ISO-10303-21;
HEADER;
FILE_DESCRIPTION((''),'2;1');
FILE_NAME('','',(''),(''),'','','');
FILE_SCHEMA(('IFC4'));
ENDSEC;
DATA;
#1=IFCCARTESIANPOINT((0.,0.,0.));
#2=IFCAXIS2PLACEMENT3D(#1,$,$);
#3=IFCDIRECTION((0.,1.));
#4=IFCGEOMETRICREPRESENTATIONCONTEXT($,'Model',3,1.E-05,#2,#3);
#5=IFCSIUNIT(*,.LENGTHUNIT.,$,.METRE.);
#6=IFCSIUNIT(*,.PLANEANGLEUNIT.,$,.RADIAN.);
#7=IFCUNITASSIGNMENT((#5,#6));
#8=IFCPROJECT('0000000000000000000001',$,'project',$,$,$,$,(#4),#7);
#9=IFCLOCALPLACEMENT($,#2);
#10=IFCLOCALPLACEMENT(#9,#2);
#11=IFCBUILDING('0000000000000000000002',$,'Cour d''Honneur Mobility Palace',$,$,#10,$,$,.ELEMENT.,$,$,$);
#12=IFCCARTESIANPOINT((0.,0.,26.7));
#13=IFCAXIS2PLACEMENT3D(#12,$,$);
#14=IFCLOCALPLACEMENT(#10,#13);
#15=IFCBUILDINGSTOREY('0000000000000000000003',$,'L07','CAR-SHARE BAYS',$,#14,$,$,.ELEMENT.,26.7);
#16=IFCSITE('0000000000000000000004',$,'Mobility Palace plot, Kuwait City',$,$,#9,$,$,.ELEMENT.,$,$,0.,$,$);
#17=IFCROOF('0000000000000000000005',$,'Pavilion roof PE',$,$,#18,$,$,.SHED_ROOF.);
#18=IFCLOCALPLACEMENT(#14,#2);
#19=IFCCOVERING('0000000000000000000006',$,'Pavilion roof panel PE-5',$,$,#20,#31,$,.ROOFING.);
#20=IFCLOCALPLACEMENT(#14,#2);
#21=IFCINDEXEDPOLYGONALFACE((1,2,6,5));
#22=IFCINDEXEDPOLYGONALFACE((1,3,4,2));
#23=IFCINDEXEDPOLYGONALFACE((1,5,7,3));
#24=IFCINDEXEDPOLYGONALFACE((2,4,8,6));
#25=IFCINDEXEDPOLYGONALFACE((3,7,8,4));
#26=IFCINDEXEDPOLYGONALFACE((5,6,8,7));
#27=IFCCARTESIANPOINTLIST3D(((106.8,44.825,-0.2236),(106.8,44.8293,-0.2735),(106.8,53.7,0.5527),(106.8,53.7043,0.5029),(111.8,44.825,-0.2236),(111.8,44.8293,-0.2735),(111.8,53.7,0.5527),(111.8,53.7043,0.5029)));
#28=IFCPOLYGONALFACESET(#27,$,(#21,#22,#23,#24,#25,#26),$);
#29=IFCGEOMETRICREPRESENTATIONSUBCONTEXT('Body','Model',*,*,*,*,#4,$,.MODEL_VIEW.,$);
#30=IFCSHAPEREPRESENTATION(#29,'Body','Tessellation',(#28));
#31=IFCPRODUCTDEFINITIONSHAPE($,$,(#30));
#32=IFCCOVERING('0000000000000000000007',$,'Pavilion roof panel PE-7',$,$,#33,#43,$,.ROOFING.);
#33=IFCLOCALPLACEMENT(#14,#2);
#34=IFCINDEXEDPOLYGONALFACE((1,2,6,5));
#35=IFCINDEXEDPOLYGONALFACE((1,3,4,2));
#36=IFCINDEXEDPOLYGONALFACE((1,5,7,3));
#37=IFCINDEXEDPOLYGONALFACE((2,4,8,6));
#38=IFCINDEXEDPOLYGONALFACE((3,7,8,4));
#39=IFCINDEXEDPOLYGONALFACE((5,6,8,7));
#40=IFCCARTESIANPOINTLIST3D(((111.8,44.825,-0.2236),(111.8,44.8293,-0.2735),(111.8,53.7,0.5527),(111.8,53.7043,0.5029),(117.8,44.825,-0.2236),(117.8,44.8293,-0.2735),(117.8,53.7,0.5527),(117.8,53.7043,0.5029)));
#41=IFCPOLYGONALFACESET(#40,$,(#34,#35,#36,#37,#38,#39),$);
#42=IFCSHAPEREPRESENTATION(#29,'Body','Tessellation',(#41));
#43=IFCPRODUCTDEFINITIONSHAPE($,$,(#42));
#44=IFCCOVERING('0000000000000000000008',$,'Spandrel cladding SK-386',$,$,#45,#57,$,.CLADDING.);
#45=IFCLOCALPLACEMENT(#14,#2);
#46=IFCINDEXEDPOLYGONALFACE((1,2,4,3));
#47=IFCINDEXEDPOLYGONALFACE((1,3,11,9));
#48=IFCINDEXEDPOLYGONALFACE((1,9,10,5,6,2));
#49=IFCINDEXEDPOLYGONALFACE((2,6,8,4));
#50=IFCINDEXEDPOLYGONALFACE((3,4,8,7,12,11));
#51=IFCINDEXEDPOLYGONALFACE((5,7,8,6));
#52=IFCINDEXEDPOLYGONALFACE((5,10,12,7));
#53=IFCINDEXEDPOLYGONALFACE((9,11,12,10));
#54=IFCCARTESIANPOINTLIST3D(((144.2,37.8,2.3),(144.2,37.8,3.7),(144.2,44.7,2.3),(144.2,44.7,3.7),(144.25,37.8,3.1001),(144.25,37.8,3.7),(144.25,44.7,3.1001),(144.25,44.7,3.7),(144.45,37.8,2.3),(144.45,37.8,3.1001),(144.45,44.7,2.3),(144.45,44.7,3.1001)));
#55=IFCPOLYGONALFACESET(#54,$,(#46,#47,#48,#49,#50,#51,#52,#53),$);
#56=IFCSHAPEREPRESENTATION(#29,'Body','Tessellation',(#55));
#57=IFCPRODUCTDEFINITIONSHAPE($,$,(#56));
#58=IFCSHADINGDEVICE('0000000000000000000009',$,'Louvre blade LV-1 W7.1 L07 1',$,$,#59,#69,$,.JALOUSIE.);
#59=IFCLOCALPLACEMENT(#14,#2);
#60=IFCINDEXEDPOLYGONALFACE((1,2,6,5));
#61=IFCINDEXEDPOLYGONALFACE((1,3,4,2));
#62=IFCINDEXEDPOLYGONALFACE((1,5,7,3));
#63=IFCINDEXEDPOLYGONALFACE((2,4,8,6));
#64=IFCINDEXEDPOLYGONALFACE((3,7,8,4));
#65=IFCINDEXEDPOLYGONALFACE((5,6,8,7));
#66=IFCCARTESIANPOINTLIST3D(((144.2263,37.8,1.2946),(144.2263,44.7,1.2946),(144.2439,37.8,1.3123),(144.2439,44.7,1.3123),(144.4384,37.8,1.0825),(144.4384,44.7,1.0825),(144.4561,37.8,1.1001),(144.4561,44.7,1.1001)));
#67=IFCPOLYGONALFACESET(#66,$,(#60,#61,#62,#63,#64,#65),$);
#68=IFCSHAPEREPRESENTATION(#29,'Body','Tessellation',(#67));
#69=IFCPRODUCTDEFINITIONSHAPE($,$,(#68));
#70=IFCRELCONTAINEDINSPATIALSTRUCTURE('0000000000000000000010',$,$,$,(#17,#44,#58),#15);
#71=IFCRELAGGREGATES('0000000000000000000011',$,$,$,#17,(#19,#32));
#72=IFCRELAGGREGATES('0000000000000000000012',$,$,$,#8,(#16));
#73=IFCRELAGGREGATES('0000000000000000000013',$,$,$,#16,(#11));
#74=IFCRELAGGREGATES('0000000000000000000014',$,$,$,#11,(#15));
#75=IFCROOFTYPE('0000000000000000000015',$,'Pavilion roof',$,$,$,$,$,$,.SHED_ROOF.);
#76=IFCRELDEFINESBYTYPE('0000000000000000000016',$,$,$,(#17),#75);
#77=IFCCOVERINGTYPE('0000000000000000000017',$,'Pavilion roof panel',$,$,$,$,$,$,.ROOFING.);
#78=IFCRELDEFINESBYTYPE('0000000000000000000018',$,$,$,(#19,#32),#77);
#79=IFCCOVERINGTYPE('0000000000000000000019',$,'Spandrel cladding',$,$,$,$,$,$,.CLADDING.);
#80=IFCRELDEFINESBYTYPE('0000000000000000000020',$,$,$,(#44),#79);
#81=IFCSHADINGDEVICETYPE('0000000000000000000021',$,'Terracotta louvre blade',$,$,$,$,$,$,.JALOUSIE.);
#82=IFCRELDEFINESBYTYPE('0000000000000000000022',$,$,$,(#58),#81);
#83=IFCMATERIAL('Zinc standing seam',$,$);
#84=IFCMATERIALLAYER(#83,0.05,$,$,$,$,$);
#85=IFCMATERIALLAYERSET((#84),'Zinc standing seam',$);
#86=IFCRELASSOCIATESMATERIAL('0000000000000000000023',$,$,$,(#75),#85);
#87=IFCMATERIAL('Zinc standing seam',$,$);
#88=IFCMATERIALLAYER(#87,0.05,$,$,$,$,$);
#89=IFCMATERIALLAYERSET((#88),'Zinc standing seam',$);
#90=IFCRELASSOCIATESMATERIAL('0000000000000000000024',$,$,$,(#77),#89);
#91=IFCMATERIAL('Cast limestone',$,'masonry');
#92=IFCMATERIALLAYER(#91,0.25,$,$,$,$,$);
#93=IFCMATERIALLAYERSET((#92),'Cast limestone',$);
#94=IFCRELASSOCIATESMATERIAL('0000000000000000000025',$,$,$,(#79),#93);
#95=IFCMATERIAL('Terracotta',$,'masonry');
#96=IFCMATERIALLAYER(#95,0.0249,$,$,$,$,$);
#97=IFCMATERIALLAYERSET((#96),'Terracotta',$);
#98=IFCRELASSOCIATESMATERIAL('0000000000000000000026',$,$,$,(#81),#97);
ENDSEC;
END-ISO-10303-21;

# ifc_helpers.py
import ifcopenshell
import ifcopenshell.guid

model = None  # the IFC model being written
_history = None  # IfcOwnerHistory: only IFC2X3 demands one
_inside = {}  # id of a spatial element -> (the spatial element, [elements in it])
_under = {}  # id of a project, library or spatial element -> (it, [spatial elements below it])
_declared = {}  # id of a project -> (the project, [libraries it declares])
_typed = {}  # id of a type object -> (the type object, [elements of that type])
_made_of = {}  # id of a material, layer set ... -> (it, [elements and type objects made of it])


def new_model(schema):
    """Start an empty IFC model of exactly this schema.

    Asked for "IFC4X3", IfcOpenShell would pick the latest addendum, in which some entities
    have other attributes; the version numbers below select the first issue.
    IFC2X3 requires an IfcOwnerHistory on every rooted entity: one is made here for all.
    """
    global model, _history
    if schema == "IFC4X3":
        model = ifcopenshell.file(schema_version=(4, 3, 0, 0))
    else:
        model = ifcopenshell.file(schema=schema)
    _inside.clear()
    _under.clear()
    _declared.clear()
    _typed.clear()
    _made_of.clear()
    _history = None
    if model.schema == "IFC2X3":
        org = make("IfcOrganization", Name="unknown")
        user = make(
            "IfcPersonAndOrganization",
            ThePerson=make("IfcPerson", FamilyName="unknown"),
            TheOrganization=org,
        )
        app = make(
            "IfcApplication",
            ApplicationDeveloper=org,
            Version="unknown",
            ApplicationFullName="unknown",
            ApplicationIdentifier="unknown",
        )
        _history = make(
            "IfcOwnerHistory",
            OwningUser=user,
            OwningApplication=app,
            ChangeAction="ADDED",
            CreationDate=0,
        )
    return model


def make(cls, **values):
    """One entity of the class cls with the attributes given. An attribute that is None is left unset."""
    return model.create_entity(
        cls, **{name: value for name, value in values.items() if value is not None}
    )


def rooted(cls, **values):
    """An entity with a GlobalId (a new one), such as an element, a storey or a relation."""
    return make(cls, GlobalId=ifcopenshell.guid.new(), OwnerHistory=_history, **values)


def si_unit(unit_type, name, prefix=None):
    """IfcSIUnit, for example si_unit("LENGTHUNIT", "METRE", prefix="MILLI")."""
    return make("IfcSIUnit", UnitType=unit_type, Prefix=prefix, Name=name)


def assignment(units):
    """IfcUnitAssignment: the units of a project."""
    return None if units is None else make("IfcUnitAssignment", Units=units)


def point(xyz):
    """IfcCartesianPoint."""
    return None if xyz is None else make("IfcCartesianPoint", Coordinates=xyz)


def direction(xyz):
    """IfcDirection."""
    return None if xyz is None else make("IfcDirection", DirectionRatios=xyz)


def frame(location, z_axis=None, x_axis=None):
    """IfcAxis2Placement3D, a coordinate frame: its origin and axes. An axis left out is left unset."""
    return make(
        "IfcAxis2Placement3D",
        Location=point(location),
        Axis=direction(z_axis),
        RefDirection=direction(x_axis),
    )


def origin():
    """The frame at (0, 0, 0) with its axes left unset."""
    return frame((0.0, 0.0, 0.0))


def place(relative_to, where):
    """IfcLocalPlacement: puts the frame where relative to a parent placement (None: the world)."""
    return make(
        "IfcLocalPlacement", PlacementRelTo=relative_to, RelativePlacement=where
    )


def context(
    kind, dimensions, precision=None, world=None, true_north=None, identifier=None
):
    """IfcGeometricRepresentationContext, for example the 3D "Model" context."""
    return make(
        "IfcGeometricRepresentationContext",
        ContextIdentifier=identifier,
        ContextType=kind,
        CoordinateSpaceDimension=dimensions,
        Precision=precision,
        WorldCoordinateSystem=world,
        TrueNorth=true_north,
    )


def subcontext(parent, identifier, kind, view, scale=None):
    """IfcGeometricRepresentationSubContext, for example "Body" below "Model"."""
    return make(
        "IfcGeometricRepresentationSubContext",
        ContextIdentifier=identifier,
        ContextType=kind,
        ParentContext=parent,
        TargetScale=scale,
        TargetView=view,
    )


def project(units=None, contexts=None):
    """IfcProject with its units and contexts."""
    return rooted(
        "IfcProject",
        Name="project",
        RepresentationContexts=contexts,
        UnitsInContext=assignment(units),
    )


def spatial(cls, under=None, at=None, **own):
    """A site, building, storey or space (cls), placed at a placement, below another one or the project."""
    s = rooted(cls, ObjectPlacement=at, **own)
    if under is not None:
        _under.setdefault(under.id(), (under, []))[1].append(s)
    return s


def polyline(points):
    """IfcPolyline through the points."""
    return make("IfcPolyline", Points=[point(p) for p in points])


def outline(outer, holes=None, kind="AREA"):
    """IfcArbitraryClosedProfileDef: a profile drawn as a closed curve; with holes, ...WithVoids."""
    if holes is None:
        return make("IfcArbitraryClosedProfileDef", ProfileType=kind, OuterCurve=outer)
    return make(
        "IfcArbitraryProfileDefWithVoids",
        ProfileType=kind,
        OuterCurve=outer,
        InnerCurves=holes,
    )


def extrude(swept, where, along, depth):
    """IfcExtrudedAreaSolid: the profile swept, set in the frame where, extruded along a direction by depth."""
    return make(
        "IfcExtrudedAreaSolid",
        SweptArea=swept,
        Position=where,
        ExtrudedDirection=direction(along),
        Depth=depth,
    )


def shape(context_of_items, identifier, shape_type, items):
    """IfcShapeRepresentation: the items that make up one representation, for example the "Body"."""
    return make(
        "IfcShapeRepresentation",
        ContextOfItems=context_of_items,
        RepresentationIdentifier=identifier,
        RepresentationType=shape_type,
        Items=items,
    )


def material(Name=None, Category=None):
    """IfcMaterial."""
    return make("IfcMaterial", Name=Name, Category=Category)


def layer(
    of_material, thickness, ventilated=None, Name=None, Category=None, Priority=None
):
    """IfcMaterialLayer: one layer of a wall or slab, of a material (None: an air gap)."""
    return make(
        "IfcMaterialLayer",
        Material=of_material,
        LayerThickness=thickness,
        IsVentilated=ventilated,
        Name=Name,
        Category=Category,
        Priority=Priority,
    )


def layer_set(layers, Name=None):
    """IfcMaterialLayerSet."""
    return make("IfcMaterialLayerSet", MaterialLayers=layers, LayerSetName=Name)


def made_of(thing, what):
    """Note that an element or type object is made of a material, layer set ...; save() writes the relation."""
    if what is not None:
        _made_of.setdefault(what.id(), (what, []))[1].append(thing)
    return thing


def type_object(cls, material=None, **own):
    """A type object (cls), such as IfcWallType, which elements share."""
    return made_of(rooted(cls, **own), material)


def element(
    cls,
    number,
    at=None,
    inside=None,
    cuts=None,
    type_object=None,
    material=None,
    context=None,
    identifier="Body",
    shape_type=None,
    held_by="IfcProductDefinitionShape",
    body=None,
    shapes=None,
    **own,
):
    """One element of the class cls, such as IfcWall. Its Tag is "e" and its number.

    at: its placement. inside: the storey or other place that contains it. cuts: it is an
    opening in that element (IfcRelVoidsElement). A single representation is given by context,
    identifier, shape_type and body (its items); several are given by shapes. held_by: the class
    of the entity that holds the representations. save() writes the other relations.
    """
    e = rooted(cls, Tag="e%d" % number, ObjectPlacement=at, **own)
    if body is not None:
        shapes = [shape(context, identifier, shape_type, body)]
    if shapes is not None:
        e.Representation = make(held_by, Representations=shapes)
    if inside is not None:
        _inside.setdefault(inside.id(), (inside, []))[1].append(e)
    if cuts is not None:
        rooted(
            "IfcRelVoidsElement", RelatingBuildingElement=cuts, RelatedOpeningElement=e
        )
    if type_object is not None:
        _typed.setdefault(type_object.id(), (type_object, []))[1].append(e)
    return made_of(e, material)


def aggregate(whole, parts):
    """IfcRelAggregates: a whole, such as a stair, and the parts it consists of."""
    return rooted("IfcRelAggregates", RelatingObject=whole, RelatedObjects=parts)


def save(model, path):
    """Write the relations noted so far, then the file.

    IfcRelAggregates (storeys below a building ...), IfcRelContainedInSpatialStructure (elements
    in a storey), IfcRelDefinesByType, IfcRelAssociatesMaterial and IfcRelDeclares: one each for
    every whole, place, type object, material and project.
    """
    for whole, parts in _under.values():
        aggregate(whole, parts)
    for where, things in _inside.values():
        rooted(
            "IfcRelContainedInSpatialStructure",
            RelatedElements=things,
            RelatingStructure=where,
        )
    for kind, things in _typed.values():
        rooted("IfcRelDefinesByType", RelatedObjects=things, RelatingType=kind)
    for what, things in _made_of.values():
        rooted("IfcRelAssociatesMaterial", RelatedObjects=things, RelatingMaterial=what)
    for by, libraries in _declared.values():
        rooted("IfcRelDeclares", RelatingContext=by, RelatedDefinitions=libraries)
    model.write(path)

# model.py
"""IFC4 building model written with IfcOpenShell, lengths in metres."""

from ifc_helpers import new_model, si_unit, direction, frame, origin, place, context, subcontext, project, spatial, polyline, outline, extrude, material, layer, layer_set, type_object, element, aggregate, save


model = new_model("IFC4")

# Units and contexts
model_context = context("Model", 3, precision=1e-05, world=origin(), true_north=direction((0.0, 1.0)))
body_context = subcontext(model_context, "Body", "Model", "MODEL_VIEW")
ifc_project = project(units=[si_unit("LENGTHUNIT", "METRE"), si_unit("PLANEANGLEUNIT", "RADIAN")], contexts=[model_context])

# Site, building, storey
site_placement = place(None, origin())
site = spatial("IfcSite", under=ifc_project, at=site_placement, Name="Mobility Palace plot, Kuwait City", CompositionType="ELEMENT", RefElevation=0.0)
building_placement = place(site_placement, origin())
building = spatial("IfcBuilding", under=site, at=building_placement, Name="Cour d'Honneur Mobility Palace", CompositionType="ELEMENT")
storey_placement = place(building_placement, frame((0.0, 0.0, 26.7)))
storey = spatial("IfcBuildingStorey", under=building, at=storey_placement, Name="L07", Description="CAR-SHARE BAYS", CompositionType="ELEMENT", Elevation=26.7)

# Roof, coverings
ifc_material_1 = material(Name="Zinc standing seam")
ifc_layer_1 = layer(ifc_material_1, 0.05)
ifc_layer_set_1 = layer_set([ifc_layer_1], Name="Zinc standing seam")
roof_type = type_object("IfcRoofType", Name="Pavilion roof", PredefinedType="SHED_ROOF", material=ifc_layer_set_1)
ifc_material_2 = material(Name="Zinc standing seam")
ifc_layer_2 = layer(ifc_material_2, 0.05)
ifc_layer_set_2 = layer_set([ifc_layer_2], Name="Zinc standing seam")
covering_type_1 = type_object("IfcCoveringType", Name="Pavilion roof panel", PredefinedType="ROOFING", material=ifc_layer_set_2)
roof_1_placement = place(storey_placement, origin())
roof_1 = element("IfcRoof", 1, at=roof_1_placement, inside=storey, type_object=roof_type, Name="Pavilion roof PE", PredefinedType="SHED_ROOF")
covering_1_placement = place(storey_placement, frame((106.8, 44.825, -0.2236), z_axis=(0.0, -0.087145, 0.996196), x_axis=(1.0, 0.0, 0.0)))
covering_1 = element("IfcCovering", 2, at=covering_1_placement, type_object=covering_type_1, Name="Pavilion roof panel PE-5", PredefinedType="ROOFING", context=body_context, shape_type="SweptSolid", body=[
    extrude(outline(polyline([(0.0, 0.0), (5.0, 0.0), (5.0, 8.9089), (0.0, 8.9089), (0.0, 0.0)])), origin(), (0.0, 0.0, -1.0), 0.05),
])
covering_2_placement = place(storey_placement, frame((111.8, 44.825, -0.2236), z_axis=(0.0, -0.087145, 0.996196), x_axis=(1.0, 0.0, 0.0)))
covering_2 = element("IfcCovering", 3, at=covering_2_placement, type_object=covering_type_1, Name="Pavilion roof panel PE-7", PredefinedType="ROOFING", context=body_context, shape_type="SweptSolid", body=[
    extrude(outline(polyline([(0.0, 0.0), (6.0, 0.0), (6.0, 8.9089), (0.0, 8.9089), (0.0, 0.0)])), origin(), (0.0, 0.0, -1.0), 0.05),
])
aggregate(roof_1, [covering_1, covering_2])

# Covering
ifc_material_3 = material(Name="Cast limestone", Category="masonry")
ifc_layer_3 = layer(ifc_material_3, 0.25)
ifc_layer_set_3 = layer_set([ifc_layer_3], Name="Cast limestone")
covering_type_2 = type_object("IfcCoveringType", Name="Spandrel cladding", PredefinedType="CLADDING", material=ifc_layer_set_3)
covering_3_placement = place(storey_placement, frame((144.45, 44.7, 2.3), z_axis=(0.0, 1.0, 0.0), x_axis=(-1.0, 0.0, 0.0)))
element("IfcCovering", 4, at=covering_3_placement, inside=storey, type_object=covering_type_2, Name="Spandrel cladding SK-386", PredefinedType="CLADDING", context=body_context, shape_type="SweptSolid", body=[
    extrude(outline(polyline([(0.0, 0.0), (0.25, 0.0), (0.25, 1.3999), (0.2, 1.3999), (0.2, 0.8), (0.0, 0.8), (0.0, 0.0)])), origin(), (0.0, 0.0, -1.0), 6.8999),
])

# Shading device
ifc_material_4 = material(Name="Terracotta", Category="masonry")
ifc_layer_4 = layer(ifc_material_4, 0.0249)
ifc_layer_set_4 = layer_set([ifc_layer_4], Name="Terracotta")
shading_device_type = type_object("IfcShadingDeviceType", Name="Terracotta louvre blade", PredefinedType="JALOUSIE", material=ifc_layer_set_4)
shading_device_placement = place(storey_placement, frame((144.4561, 44.7, 1.1001), z_axis=(0.707107, 0.0, 0.707107), x_axis=(0.0, -1.0, 0.0)))
element("IfcShadingDevice", 5, at=shading_device_placement, inside=storey, type_object=shading_device_type, Name="Louvre blade LV-1 W7.1 L07 1", PredefinedType="JALOUSIE", context=body_context, shape_type="SweptSolid", body=[
    extrude(outline(polyline([(0.0, 0.0), (6.8999, 0.0), (6.8999, -0.3), (0.0, -0.3), (0.0, 0.0)])), origin(), (0.0, 0.0, -1.0), 0.0249),
])

save(model, "model.ifc")
